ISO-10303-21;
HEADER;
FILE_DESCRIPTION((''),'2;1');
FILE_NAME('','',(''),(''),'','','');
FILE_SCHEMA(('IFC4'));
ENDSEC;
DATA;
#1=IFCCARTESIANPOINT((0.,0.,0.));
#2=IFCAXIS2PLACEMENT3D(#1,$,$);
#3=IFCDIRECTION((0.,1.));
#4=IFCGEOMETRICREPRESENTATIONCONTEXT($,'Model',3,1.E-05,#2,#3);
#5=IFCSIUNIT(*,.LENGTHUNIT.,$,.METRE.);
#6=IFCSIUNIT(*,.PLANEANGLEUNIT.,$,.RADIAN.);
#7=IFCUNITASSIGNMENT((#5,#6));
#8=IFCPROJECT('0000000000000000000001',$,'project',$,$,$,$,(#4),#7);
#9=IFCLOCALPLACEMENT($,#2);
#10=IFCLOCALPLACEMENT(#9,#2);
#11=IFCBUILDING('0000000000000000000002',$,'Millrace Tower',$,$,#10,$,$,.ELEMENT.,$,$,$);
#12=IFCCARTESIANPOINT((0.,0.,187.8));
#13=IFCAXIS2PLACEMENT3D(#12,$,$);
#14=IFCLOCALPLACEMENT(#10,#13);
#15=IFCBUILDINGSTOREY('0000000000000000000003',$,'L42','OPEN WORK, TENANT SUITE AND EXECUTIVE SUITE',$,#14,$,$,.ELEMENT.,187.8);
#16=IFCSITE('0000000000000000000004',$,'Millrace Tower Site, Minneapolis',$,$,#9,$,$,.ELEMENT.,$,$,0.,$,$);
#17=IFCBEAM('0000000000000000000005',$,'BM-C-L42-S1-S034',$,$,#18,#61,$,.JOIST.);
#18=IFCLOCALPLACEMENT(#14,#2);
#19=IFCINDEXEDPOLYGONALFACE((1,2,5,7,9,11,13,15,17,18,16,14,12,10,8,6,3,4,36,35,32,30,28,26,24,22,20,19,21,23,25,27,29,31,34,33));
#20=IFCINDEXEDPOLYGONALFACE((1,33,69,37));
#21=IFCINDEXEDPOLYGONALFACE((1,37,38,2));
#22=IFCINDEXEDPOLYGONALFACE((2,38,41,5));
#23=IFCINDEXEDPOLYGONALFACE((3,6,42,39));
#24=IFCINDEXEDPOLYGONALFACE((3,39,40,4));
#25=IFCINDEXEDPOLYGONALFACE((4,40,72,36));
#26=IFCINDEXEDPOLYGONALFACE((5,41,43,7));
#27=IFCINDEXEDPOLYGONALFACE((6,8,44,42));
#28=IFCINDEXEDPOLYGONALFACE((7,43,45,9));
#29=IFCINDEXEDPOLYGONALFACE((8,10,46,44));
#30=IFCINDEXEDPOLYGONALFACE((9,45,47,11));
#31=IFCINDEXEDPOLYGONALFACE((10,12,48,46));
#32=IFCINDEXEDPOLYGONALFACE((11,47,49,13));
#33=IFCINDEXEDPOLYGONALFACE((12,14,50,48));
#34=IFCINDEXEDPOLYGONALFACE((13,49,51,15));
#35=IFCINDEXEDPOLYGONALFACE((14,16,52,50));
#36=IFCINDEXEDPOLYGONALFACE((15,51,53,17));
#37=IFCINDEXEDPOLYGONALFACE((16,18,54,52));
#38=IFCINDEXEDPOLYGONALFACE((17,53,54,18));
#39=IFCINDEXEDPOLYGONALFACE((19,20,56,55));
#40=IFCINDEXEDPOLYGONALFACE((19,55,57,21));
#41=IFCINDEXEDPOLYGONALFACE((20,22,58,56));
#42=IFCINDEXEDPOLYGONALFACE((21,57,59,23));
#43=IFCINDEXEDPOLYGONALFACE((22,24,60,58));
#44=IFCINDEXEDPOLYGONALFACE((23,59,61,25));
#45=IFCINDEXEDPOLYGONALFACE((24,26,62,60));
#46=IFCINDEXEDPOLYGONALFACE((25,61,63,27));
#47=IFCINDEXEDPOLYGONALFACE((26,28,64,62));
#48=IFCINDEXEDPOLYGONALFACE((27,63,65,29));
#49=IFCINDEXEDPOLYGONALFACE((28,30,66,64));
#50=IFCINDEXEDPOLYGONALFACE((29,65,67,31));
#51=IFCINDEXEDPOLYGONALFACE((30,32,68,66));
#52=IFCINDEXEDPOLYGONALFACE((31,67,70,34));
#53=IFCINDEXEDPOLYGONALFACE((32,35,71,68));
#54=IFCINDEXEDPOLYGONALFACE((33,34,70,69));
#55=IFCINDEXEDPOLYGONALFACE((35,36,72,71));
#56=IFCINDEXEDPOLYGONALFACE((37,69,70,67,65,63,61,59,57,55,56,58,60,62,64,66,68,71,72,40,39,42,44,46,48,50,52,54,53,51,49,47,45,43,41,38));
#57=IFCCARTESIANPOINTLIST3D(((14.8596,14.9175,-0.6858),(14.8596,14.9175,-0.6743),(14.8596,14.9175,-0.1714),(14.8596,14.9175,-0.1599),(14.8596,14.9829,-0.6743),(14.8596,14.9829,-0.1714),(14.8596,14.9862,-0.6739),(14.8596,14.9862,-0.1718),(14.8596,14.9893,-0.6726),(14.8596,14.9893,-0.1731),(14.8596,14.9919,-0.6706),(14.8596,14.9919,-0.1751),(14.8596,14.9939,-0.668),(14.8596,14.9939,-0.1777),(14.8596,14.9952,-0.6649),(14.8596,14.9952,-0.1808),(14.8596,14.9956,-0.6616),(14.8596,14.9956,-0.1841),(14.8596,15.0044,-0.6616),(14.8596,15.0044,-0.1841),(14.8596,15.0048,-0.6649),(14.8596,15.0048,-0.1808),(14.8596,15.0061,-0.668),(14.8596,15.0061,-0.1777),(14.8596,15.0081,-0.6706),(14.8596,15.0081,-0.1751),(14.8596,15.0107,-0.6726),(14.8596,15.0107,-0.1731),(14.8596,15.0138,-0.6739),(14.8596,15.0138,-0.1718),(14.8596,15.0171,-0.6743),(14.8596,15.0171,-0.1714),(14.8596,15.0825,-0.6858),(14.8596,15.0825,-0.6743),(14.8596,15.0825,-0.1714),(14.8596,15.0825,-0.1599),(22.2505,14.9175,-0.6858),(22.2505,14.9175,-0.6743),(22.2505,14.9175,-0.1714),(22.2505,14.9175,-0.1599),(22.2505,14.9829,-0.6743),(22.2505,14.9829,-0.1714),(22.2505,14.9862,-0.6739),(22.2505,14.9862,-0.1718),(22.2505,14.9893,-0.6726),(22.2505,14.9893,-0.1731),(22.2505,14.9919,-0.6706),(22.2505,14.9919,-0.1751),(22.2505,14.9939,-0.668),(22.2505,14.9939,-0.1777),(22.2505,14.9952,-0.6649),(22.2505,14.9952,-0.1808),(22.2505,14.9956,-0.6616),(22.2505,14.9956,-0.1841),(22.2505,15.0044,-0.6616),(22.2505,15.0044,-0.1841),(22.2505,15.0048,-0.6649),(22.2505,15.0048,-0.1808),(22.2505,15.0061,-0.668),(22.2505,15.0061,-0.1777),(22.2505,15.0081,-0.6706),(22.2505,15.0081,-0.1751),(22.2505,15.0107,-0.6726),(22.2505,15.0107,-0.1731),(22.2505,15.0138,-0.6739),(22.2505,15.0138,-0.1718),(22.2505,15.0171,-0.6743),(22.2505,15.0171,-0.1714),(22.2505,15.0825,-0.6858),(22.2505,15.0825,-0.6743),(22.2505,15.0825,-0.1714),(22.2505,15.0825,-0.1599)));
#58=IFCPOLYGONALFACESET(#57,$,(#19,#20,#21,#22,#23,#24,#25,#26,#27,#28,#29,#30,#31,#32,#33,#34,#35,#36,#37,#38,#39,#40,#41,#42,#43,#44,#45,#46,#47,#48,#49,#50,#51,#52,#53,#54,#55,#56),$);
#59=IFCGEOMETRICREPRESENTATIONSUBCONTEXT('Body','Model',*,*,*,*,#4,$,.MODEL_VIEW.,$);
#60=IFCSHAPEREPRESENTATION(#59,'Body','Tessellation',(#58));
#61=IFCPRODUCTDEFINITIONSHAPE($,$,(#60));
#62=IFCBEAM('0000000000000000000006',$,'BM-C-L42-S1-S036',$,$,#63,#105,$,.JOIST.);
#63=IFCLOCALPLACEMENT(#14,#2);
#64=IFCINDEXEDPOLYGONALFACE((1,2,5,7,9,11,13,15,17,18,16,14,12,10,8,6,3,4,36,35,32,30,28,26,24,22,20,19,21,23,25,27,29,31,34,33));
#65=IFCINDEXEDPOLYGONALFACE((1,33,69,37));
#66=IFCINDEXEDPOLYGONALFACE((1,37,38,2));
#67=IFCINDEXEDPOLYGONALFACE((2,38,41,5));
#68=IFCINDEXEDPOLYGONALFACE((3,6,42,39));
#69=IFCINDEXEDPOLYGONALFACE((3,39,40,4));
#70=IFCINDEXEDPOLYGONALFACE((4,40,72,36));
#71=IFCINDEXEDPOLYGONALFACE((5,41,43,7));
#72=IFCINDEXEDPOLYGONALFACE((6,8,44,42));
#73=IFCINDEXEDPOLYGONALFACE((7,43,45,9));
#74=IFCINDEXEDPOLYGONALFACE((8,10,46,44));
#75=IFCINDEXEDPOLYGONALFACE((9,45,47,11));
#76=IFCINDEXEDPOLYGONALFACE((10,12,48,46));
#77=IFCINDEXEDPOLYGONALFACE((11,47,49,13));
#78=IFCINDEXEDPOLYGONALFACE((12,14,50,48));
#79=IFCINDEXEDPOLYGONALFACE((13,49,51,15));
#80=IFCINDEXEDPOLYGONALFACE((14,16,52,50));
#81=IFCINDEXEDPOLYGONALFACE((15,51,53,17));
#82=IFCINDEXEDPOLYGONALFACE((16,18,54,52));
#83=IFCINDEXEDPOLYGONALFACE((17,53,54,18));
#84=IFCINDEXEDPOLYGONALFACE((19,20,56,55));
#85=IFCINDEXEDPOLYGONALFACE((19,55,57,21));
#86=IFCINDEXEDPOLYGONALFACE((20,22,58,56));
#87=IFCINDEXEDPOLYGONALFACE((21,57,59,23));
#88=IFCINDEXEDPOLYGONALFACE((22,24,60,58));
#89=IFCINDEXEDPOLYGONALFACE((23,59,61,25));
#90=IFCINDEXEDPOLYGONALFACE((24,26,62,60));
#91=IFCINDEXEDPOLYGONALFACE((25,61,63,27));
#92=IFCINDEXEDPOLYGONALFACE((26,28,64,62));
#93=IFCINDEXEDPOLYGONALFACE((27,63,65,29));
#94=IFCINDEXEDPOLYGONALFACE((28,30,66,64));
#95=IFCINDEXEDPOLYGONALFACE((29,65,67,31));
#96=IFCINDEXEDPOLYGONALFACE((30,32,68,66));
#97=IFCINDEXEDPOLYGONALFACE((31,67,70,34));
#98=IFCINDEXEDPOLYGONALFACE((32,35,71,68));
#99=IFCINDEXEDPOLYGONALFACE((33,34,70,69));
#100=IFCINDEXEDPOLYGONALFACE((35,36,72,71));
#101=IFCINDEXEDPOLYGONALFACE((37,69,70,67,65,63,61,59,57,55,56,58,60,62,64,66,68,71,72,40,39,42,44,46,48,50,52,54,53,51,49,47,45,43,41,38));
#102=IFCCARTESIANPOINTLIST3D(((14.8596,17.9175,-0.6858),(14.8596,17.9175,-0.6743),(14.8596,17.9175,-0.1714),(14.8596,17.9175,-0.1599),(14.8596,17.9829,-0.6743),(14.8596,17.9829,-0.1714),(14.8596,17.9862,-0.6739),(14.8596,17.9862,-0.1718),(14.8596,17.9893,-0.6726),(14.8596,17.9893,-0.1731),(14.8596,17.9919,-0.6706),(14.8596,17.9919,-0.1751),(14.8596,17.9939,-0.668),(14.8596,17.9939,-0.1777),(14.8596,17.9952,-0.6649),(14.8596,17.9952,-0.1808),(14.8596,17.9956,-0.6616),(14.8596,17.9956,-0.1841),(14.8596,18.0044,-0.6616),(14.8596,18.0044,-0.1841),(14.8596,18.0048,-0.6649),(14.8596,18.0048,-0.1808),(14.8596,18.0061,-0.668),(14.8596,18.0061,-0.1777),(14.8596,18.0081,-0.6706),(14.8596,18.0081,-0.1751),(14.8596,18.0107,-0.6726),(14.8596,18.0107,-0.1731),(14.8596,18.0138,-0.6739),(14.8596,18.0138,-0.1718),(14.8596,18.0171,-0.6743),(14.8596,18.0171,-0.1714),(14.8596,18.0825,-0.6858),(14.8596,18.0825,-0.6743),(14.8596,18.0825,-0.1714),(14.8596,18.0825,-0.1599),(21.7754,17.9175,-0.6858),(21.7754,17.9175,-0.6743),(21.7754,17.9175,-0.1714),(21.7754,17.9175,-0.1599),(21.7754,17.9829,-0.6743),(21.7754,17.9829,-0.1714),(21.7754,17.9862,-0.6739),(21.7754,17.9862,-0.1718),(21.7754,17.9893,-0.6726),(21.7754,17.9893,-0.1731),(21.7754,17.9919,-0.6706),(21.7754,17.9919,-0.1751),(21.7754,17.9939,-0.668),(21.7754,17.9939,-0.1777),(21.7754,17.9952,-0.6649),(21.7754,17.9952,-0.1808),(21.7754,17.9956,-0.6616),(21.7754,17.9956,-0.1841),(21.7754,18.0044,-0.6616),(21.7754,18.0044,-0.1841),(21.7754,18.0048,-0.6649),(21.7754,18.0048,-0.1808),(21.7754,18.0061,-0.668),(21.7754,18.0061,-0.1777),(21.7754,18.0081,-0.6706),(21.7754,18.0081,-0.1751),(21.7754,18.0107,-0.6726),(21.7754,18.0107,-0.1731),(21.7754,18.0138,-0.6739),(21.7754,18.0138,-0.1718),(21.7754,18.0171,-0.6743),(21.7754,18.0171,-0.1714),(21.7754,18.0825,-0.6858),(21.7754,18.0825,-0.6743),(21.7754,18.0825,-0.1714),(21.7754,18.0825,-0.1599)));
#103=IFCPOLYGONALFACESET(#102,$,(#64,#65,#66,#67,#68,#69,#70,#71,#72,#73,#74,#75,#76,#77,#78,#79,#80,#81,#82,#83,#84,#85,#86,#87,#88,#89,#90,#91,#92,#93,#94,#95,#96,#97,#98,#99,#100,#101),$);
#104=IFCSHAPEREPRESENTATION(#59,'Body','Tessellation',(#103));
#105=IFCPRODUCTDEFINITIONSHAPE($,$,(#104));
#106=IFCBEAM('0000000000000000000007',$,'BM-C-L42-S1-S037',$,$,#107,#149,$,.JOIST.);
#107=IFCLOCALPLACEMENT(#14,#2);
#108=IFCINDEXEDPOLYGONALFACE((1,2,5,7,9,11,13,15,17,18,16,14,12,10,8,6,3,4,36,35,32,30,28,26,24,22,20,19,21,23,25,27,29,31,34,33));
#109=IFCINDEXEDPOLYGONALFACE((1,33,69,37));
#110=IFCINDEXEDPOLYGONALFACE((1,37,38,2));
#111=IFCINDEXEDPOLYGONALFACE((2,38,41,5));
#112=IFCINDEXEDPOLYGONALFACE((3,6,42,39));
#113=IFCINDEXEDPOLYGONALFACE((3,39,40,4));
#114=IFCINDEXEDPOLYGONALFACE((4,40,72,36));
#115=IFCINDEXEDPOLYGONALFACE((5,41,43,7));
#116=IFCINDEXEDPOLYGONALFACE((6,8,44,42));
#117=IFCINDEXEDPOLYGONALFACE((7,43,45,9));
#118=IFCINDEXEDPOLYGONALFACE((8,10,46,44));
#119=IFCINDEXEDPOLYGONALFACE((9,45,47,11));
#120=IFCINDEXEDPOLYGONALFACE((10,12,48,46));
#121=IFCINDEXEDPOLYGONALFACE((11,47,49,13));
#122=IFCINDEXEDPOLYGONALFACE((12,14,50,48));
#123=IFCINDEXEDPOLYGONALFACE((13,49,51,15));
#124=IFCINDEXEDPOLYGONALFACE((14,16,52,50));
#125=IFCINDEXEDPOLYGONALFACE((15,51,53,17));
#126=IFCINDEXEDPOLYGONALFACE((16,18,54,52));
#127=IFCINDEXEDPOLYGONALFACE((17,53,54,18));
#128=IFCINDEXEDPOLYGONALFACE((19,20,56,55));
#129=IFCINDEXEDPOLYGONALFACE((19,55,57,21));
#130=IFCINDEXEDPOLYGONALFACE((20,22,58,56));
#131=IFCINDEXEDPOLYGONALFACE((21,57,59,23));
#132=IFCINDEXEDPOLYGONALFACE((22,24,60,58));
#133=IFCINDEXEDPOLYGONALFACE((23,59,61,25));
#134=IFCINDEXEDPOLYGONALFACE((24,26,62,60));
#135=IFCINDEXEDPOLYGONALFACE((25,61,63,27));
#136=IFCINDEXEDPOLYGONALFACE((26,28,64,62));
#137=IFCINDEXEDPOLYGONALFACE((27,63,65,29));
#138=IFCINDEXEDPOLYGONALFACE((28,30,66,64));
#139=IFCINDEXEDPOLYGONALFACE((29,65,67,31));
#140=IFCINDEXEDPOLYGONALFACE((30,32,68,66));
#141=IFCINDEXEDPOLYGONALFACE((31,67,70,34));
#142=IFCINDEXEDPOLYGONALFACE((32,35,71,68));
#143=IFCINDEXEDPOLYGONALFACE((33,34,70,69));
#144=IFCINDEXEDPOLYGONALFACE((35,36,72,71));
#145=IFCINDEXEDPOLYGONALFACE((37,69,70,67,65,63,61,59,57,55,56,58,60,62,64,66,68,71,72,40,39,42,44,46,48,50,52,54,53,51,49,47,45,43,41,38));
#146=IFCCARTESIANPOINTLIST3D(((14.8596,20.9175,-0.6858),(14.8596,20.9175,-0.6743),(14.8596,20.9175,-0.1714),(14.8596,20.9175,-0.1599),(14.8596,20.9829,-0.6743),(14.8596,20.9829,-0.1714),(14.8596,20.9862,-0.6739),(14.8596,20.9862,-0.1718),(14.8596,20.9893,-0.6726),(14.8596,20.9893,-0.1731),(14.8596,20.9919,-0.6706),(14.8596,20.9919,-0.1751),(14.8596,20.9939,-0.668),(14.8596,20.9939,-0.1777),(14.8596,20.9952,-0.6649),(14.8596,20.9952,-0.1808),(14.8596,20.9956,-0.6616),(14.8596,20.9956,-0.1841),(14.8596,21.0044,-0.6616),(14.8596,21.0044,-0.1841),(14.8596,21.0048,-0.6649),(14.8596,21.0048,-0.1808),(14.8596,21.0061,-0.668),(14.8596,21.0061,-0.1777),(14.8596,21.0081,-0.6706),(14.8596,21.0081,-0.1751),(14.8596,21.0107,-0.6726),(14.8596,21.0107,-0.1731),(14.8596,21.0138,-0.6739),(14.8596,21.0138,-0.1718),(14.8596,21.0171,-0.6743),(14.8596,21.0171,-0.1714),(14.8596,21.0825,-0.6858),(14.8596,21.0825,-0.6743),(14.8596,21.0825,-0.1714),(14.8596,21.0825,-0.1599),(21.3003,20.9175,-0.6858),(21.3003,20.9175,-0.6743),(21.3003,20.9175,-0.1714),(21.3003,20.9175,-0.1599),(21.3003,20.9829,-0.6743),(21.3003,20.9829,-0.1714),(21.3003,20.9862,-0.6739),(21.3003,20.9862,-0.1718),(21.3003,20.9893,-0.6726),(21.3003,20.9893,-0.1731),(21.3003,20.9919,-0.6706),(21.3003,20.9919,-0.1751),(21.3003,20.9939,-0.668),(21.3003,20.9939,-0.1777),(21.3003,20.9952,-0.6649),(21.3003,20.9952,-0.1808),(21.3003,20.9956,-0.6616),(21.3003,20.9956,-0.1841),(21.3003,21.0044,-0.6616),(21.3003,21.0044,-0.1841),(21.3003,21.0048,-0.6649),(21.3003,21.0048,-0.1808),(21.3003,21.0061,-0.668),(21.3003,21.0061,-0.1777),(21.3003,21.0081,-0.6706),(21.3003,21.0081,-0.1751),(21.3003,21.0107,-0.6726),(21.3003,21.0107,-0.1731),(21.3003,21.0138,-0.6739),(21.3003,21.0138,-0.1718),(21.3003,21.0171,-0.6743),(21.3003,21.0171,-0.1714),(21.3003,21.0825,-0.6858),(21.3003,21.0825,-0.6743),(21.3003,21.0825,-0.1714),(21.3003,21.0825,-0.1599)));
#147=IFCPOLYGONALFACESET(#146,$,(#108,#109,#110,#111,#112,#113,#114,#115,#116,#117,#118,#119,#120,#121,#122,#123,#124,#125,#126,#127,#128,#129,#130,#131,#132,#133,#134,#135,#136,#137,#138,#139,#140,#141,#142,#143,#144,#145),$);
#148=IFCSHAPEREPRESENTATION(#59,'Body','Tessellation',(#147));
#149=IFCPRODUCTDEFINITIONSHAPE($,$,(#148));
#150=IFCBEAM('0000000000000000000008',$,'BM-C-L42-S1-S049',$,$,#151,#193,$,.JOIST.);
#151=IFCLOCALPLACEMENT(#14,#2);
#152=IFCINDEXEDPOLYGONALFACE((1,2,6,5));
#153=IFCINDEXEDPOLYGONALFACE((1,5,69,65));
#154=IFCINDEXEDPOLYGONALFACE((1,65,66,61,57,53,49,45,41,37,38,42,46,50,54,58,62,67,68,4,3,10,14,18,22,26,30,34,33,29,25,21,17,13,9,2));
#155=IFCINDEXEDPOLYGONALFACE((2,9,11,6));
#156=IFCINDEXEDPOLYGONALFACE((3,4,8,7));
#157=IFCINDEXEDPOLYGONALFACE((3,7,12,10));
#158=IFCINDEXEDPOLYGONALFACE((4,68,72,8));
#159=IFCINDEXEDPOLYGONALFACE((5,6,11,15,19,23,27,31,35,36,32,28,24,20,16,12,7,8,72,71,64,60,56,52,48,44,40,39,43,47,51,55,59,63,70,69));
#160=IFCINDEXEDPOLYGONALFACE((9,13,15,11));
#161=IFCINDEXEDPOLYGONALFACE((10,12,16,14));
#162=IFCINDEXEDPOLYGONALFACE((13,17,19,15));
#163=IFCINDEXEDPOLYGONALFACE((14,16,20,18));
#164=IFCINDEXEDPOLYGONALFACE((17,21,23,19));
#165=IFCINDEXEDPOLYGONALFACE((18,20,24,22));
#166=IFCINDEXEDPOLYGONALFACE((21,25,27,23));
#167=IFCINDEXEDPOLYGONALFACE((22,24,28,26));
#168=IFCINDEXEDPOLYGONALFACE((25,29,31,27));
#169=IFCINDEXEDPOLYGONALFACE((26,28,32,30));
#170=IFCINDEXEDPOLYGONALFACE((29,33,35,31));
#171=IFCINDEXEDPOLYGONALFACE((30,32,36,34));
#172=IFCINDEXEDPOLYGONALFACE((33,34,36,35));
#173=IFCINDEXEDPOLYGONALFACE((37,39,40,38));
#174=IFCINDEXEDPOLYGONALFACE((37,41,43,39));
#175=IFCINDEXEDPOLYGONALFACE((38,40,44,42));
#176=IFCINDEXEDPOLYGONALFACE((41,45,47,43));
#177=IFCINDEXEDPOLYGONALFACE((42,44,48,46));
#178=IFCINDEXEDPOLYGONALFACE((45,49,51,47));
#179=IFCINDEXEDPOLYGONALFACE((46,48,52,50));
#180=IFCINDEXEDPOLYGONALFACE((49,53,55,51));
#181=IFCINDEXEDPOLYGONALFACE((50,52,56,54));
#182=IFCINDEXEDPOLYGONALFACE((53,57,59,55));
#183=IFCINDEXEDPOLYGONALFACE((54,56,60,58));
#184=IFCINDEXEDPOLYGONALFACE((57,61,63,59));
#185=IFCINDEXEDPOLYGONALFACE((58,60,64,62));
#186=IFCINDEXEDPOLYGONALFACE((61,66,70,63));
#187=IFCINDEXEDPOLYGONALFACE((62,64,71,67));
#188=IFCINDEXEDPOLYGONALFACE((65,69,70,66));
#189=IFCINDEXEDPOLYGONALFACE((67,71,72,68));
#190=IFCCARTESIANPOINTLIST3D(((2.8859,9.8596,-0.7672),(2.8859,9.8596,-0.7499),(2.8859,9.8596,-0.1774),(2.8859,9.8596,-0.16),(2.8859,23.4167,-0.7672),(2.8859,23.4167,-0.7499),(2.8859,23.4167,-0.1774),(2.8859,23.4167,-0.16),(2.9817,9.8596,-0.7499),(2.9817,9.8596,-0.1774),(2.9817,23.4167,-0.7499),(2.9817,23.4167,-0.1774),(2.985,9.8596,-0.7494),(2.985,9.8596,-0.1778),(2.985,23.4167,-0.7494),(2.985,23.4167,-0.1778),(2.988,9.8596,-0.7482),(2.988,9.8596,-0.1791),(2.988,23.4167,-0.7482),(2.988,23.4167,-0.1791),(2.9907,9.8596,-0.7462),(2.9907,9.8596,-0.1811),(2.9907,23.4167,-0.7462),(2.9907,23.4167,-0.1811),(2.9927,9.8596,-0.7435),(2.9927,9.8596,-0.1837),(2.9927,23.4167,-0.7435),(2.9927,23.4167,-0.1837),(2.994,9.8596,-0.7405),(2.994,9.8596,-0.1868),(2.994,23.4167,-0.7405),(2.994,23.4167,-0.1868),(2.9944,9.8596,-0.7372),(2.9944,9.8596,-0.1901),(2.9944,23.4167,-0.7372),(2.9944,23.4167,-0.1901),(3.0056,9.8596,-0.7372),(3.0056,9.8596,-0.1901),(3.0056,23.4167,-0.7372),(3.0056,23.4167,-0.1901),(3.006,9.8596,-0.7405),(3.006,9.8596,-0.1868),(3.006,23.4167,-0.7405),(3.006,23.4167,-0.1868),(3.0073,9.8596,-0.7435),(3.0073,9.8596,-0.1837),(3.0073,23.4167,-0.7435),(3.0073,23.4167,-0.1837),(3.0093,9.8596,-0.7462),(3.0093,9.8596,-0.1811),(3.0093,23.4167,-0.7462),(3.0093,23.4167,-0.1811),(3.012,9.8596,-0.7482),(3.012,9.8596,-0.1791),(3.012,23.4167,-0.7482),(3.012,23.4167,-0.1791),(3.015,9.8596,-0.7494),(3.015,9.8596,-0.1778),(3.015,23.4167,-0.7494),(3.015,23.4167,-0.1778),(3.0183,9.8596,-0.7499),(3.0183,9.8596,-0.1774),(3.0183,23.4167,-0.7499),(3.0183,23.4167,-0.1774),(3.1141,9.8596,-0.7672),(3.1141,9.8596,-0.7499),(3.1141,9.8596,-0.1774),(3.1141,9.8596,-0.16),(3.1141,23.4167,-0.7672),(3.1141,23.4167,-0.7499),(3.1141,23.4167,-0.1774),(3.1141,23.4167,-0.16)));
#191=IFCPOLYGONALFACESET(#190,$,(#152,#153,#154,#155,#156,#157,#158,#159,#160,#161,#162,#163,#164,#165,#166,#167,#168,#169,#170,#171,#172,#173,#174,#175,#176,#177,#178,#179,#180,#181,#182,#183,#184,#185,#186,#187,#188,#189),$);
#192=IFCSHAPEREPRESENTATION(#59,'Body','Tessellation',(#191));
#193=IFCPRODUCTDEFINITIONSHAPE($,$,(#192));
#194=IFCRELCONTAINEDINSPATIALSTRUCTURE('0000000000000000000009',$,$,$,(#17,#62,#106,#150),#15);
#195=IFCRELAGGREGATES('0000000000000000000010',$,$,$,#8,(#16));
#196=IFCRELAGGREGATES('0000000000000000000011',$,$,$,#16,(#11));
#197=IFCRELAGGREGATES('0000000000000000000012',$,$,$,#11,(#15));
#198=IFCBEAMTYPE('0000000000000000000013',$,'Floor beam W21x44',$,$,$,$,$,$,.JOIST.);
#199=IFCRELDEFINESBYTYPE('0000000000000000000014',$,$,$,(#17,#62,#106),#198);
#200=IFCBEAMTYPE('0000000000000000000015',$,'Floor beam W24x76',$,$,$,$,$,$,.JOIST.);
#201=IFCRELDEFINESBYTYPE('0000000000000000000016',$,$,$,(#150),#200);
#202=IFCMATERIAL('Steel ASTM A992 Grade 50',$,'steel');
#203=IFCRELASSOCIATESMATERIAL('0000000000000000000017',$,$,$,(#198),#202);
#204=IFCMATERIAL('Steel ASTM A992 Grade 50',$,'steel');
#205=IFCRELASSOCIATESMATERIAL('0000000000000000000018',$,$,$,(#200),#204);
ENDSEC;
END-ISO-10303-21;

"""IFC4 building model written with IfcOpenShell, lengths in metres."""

from ifc_helpers import new_model, si_unit, direction, frame, origin, origin_2d, place, context, subcontext, project, spatial, i_section, extrude, material, material_profile, profile_set, type_object, element, save


model = new_model("IFC4")

# Units and contexts
model_context = context("Model", 3, precision=1e-05, world=origin(), true_north=direction((0.0, 1.0)))
body_context = subcontext(model_context, "Body", "Model", "MODEL_VIEW")
ifc_project = project(units=[si_unit("LENGTHUNIT", "METRE"), si_unit("PLANEANGLEUNIT", "RADIAN")], contexts=[model_context])

# Site, building, storey
site_placement = place(None, origin())
site = spatial("IfcSite", under=ifc_project, at=site_placement, Name="Millrace Tower Site, Minneapolis", CompositionType="ELEMENT", RefElevation=0.0)
building_placement = place(site_placement, origin())
building = spatial("IfcBuilding", under=site, at=building_placement, Name="Millrace Tower", CompositionType="ELEMENT")
storey_placement = place(building_placement, frame((0.0, 0.0, 187.8)))
storey = spatial("IfcBuildingStorey", under=building, at=storey_placement, Name="L42", Description="OPEN WORK, TENANT SUITE AND EXECUTIVE SUITE", CompositionType="ELEMENT", Elevation=187.8)

# Beams
ifc_material_1 = material(Name="Steel ASTM A992 Grade 50", Category="steel")
ifc_material_profile_1 = material_profile(ifc_material_1, i_section(OverallWidth=0.165, OverallDepth=0.5259, WebThickness=0.0088, FlangeThickness=0.0115, FilletRadius=0.0127, at=origin_2d()))
ifc_profile_set_1 = profile_set([ifc_material_profile_1], Name="Steel ASTM A992 Grade 50")
beam_type_1 = type_object("IfcBeamType", Name="Floor beam W21x44", PredefinedType="JOIST", material=ifc_profile_set_1)
beam_1_placement = place(storey_placement, frame((14.8596, 15.0, -0.4229), z_axis=(1.0, 0.0, 0.0), x_axis=(0.0, 1.0, 0.0)))
element("IfcBeam", 1, at=beam_1_placement, inside=storey, type_object=beam_type_1, Name="BM-C-L42-S1-S034", PredefinedType="JOIST", context=body_context, shape_type="SweptSolid", body=[
    extrude(i_section(OverallWidth=0.165, OverallDepth=0.5259, WebThickness=0.0088, FlangeThickness=0.0115, FilletRadius=0.0127, at=origin_2d()), origin(), (0.0, 0.0, 1.0), 7.3909),
])
beam_2_placement = place(storey_placement, frame((14.8596, 18.0, -0.4229), z_axis=(1.0, 0.0, 0.0), x_axis=(0.0, 1.0, 0.0)))
element("IfcBeam", 2, at=beam_2_placement, inside=storey, type_object=beam_type_1, Name="BM-C-L42-S1-S036", PredefinedType="JOIST", context=body_context, shape_type="SweptSolid", body=[
    extrude(i_section(OverallWidth=0.165, OverallDepth=0.5259, WebThickness=0.0088, FlangeThickness=0.0115, FilletRadius=0.0127, at=origin_2d()), origin(), (0.0, 0.0, 1.0), 6.9158),
])
beam_3_placement = place(storey_placement, frame((14.8596, 21.0, -0.4229), z_axis=(1.0, 0.0, 0.0), x_axis=(0.0, 1.0, 0.0)))
element("IfcBeam", 3, at=beam_3_placement, inside=storey, type_object=beam_type_1, Name="BM-C-L42-S1-S037", PredefinedType="JOIST", context=body_context, shape_type="SweptSolid", body=[
    extrude(i_section(OverallWidth=0.165, OverallDepth=0.5259, WebThickness=0.0088, FlangeThickness=0.0115, FilletRadius=0.0127, at=origin_2d()), origin(), (0.0, 0.0, 1.0), 6.4407),
])
ifc_material_2 = material(Name="Steel ASTM A992 Grade 50", Category="steel")
ifc_material_profile_2 = material_profile(ifc_material_2, i_section(OverallWidth=0.2283, OverallDepth=0.6072, WebThickness=0.0112, FlangeThickness=0.0173, FilletRadius=0.0127, at=origin_2d()))
ifc_profile_set_2 = profile_set([ifc_material_profile_2], Name="Steel ASTM A992 Grade 50")
beam_type_2 = type_object("IfcBeamType", Name="Floor beam W24x76", PredefinedType="JOIST", material=ifc_profile_set_2)
beam_4_placement = place(storey_placement, frame((3.0, 9.8596, -0.4636), z_axis=(0.0, 1.0, 0.0), x_axis=(-1.0, 0.0, 0.0)))
element("IfcBeam", 4, at=beam_4_placement, inside=storey, type_object=beam_type_2, Name="BM-C-L42-S1-S049", PredefinedType="JOIST", context=body_context, shape_type="SweptSolid", body=[
    extrude(i_section(OverallWidth=0.2283, OverallDepth=0.6072, WebThickness=0.0112, FlangeThickness=0.0173, FilletRadius=0.0127, at=origin_2d()), origin(), (0.0, 0.0, 1.0), 13.5571),
])

save(model, "model.ifc")
